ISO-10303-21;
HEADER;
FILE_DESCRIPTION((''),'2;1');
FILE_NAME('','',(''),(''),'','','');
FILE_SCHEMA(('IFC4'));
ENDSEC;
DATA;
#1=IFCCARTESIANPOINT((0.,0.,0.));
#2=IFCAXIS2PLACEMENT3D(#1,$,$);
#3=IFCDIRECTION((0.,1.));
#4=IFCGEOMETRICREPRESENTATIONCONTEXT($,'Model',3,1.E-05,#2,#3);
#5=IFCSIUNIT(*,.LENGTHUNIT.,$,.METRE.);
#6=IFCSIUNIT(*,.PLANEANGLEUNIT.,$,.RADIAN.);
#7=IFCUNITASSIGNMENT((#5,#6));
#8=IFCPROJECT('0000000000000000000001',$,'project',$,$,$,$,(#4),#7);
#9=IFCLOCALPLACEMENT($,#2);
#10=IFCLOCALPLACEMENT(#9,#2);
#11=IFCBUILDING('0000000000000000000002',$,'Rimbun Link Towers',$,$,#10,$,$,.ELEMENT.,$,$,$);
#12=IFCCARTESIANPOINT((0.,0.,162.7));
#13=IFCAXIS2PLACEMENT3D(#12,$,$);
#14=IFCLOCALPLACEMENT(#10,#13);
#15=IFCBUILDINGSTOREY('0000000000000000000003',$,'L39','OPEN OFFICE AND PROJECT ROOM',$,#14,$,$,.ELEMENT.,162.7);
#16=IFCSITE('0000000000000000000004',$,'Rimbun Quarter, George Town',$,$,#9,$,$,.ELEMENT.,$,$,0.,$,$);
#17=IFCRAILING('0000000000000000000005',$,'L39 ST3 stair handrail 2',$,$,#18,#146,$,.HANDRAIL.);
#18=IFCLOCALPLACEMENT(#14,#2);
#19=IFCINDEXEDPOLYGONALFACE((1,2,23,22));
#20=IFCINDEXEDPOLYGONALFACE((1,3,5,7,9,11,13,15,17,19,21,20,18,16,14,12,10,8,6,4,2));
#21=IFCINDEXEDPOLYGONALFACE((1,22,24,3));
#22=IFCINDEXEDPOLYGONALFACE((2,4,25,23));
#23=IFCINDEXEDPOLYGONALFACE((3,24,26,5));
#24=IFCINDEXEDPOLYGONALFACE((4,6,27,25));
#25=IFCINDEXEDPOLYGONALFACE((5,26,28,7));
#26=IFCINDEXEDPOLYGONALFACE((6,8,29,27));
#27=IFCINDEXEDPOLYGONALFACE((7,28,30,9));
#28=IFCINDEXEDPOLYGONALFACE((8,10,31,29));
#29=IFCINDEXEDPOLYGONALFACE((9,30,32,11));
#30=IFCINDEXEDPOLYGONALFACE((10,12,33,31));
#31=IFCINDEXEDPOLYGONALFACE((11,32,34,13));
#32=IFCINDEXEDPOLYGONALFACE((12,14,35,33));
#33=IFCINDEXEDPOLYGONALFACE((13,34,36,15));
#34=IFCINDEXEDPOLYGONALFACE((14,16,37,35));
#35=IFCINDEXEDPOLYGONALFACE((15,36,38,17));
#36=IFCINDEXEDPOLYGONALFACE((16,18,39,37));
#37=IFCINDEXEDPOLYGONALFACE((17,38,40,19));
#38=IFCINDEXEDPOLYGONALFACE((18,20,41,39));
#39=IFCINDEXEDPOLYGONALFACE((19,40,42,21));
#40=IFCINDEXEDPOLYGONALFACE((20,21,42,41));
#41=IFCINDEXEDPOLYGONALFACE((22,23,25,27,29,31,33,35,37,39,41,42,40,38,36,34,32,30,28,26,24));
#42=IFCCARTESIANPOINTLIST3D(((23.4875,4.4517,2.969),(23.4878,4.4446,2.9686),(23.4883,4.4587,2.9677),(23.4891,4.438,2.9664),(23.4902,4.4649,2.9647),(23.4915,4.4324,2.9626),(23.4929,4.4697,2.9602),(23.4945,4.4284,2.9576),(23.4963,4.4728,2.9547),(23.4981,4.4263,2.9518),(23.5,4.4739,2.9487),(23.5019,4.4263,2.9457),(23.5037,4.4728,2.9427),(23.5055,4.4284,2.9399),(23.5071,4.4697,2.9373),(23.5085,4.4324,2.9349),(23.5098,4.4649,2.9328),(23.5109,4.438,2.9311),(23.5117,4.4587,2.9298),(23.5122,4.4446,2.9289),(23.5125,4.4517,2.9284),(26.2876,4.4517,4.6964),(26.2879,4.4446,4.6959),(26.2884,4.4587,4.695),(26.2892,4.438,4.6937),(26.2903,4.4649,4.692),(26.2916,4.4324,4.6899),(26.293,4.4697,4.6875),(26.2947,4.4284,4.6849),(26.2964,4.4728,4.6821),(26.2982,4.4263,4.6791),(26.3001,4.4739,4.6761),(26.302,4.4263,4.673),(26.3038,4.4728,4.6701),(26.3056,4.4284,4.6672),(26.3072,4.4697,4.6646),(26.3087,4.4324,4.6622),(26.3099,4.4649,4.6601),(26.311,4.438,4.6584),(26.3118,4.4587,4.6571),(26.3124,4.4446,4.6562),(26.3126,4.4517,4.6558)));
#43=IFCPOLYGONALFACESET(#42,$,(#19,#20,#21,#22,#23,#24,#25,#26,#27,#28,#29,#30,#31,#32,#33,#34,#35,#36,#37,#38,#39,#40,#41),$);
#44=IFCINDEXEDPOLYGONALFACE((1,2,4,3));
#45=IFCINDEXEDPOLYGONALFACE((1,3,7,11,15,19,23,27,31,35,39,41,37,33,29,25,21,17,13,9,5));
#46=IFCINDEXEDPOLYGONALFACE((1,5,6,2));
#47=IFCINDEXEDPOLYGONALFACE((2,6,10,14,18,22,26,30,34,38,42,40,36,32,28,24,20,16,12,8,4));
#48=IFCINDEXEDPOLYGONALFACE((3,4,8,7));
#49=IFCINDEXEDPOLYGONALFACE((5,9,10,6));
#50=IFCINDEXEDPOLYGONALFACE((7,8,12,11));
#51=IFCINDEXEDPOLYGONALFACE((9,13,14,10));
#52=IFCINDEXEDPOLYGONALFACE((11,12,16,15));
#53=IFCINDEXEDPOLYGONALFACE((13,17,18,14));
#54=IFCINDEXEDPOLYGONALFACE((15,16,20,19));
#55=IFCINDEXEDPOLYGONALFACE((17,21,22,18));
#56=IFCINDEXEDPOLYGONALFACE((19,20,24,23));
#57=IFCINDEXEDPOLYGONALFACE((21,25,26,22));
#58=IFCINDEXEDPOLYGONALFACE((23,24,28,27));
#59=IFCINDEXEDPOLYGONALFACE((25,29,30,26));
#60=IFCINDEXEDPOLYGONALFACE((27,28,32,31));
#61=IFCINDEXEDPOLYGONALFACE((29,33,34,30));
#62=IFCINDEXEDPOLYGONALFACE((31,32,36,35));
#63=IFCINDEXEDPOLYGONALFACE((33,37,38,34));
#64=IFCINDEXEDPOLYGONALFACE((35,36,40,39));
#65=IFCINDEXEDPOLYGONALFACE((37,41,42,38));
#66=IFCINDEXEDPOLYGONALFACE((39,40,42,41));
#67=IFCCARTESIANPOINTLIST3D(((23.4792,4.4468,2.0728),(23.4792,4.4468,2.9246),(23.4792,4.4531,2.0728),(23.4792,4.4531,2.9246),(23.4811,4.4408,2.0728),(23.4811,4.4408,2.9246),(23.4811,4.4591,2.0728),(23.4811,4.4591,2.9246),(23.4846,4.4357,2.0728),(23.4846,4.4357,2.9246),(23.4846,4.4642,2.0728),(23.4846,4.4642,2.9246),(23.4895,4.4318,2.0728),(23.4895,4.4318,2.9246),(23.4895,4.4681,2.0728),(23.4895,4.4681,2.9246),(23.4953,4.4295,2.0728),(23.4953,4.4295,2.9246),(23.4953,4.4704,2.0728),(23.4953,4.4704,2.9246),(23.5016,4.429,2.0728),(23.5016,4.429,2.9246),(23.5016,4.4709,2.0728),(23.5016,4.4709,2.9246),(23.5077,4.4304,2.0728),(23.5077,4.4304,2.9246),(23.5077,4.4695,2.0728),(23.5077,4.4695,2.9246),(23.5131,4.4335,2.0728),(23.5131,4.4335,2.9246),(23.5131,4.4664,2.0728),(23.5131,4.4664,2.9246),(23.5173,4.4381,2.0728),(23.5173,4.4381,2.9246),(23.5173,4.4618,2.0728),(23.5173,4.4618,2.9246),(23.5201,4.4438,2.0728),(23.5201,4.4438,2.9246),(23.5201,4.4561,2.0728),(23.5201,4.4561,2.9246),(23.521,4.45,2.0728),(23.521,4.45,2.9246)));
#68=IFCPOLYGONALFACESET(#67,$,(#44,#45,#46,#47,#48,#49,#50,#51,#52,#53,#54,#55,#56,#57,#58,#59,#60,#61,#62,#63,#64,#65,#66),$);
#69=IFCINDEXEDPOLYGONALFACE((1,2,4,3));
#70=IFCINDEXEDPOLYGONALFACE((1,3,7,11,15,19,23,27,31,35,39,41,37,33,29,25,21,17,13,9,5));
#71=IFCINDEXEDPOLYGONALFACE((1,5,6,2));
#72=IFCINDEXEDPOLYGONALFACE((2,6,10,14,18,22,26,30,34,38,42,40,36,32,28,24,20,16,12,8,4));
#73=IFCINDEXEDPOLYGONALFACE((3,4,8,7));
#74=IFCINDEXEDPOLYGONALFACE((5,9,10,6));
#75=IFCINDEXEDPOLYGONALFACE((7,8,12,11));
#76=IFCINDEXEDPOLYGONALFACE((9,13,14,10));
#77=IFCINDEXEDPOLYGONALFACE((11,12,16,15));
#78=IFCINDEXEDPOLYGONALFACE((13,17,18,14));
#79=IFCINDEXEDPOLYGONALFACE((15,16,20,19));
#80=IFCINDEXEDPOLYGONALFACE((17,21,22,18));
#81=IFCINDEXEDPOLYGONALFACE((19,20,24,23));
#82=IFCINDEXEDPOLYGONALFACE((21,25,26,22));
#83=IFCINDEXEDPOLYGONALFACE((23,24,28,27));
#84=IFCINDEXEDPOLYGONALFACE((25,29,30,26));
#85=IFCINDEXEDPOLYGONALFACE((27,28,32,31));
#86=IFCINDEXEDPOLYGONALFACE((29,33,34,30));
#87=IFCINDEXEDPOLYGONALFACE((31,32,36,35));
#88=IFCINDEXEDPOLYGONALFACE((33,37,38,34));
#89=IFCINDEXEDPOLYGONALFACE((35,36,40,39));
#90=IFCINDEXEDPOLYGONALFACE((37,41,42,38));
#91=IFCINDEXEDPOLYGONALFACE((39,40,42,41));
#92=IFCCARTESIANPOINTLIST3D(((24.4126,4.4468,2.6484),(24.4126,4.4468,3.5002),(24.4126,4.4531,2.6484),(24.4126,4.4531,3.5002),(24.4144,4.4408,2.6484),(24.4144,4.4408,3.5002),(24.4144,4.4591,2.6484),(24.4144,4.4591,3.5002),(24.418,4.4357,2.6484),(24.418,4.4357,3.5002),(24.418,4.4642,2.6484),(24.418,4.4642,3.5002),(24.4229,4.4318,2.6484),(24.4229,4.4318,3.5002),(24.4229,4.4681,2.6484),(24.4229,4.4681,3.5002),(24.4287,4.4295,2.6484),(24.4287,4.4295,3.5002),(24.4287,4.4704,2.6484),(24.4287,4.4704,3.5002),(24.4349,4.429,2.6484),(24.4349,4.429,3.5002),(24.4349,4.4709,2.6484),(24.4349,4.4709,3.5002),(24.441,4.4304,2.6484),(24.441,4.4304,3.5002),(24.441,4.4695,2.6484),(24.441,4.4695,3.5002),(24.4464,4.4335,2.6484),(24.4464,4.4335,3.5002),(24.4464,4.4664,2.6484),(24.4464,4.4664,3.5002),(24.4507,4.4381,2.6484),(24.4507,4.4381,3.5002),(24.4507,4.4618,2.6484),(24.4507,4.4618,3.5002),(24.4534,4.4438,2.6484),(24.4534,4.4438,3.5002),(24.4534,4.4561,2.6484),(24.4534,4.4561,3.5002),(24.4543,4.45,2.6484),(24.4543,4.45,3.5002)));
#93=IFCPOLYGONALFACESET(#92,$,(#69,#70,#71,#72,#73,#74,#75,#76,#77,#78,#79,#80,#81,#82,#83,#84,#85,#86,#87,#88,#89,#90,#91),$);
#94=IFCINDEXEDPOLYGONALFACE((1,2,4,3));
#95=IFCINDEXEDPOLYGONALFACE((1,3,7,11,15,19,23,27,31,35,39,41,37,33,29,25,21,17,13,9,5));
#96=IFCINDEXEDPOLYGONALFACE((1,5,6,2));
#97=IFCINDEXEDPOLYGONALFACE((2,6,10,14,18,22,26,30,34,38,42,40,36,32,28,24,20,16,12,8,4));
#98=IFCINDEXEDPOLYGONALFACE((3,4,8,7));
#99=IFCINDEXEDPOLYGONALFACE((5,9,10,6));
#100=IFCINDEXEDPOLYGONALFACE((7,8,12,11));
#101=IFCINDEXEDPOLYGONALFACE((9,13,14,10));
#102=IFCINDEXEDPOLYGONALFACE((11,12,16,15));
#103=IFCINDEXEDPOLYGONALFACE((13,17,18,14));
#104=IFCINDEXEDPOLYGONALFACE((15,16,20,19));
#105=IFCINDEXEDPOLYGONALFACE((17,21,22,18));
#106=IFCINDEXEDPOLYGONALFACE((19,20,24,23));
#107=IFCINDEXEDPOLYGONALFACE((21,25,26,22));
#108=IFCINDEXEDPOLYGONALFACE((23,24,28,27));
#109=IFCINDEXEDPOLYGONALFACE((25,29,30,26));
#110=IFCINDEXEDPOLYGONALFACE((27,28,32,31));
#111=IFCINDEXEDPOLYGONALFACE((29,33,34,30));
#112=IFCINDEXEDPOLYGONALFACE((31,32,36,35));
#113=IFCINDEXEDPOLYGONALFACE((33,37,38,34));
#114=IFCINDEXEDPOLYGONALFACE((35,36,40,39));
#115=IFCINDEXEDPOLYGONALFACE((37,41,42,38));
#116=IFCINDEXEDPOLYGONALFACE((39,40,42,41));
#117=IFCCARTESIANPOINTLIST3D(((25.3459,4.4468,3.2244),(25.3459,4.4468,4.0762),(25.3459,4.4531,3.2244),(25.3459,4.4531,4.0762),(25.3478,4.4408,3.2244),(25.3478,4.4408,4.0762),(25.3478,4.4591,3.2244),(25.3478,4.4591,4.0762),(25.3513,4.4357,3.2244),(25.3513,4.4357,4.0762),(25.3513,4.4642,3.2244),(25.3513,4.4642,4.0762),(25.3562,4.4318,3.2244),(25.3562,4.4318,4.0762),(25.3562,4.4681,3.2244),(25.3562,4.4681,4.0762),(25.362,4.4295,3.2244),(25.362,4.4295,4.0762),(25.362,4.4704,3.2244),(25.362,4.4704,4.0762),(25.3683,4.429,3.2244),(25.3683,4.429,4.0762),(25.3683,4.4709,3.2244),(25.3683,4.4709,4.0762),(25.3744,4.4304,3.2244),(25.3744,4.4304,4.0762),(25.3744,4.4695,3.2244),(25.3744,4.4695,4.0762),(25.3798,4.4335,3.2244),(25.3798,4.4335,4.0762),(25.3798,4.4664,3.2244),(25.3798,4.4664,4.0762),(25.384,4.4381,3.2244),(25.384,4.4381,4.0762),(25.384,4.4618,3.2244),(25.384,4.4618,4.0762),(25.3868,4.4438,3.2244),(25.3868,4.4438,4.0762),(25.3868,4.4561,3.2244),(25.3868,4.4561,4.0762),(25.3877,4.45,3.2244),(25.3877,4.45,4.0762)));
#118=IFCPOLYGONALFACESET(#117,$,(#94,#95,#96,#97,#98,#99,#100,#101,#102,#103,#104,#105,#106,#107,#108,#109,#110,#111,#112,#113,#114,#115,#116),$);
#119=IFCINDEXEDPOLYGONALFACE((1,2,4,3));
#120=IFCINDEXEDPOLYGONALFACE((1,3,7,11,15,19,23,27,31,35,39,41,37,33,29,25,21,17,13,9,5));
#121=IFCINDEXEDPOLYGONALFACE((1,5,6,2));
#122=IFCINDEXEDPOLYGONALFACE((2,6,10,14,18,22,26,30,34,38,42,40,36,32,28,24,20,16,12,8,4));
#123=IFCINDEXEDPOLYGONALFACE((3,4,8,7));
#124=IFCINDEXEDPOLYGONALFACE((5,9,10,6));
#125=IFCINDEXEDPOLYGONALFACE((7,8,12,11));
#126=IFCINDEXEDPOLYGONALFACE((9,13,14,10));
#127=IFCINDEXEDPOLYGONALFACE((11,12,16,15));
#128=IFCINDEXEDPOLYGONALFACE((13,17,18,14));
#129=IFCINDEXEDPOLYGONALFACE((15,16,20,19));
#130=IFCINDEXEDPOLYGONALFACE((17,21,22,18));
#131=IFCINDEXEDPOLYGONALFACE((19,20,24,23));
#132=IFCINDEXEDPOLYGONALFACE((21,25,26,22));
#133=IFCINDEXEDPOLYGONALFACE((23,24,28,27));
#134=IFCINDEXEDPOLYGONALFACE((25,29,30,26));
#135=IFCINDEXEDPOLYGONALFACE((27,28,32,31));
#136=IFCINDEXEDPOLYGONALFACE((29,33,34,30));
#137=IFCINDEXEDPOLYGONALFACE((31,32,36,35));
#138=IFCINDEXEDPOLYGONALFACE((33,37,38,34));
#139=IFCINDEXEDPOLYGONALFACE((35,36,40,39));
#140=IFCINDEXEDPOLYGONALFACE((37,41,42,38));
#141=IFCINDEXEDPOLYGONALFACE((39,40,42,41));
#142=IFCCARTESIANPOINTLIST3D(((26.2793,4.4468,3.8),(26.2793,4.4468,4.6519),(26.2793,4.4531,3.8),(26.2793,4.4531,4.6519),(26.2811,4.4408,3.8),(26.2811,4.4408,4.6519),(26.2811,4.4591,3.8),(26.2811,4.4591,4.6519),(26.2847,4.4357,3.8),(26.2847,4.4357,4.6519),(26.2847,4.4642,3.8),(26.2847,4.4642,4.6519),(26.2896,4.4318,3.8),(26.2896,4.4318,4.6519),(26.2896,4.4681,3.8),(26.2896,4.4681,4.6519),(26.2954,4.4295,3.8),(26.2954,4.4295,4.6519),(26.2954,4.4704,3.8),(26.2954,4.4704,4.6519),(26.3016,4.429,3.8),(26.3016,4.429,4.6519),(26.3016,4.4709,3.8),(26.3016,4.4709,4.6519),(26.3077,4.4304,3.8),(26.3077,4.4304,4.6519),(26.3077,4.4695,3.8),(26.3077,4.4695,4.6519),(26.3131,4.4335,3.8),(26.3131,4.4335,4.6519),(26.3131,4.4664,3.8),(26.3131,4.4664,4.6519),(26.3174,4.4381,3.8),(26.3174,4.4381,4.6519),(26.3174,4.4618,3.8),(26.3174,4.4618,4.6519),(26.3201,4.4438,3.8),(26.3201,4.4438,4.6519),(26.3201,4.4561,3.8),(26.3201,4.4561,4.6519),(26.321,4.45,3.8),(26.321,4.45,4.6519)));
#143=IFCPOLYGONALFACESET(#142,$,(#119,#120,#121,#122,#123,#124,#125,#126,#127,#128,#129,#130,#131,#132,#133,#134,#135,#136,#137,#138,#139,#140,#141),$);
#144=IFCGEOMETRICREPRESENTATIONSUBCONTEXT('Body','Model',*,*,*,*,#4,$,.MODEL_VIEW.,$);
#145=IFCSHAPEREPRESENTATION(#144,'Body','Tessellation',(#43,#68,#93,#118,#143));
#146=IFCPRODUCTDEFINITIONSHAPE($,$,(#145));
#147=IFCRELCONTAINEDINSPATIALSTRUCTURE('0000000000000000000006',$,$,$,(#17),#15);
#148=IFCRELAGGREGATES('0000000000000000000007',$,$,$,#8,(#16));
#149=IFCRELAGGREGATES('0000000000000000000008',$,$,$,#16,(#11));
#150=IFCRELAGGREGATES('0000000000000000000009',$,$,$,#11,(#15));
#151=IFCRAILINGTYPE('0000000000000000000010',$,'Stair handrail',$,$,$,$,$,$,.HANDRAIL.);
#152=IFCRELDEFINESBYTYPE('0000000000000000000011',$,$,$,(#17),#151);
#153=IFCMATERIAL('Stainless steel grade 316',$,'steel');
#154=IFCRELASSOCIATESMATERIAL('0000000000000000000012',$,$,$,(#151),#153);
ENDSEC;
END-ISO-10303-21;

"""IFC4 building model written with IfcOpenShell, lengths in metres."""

from ifc_helpers import new_model, si_unit, direction, frame, origin, origin_2d, place, context, subcontext, project, spatial, circle, extrude, material, type_object, element, save


model = new_model("IFC4")

# Units and contexts
model_context = context("Model", 3, precision=1e-05, world=origin(), true_north=direction((0.0, 1.0)))
body_context = subcontext(model_context, "Body", "Model", "MODEL_VIEW")
ifc_project = project(units=[si_unit("LENGTHUNIT", "METRE"), si_unit("PLANEANGLEUNIT", "RADIAN")], contexts=[model_context])

# Site, building, storey
site_placement = place(None, origin())
site = spatial("IfcSite", under=ifc_project, at=site_placement, Name="Rimbun Quarter, George Town", CompositionType="ELEMENT", RefElevation=0.0)
building_placement = place(site_placement, origin())
building = spatial("IfcBuilding", under=site, at=building_placement, Name="Rimbun Link Towers", CompositionType="ELEMENT")
storey_placement = place(building_placement, frame((0.0, 0.0, 162.7)))
storey = spatial("IfcBuildingStorey", under=building, at=storey_placement, Name="L39", Description="OPEN OFFICE AND PROJECT ROOM", CompositionType="ELEMENT", Elevation=162.7)

# Railing
ifc_material_1 = material(Name="Stainless steel grade 316", Category="steel")
railing_type_1 = type_object("IfcRailingType", Name="Stair handrail", PredefinedType="HANDRAIL", material=ifc_material_1)
railing_1_placement = place(storey_placement, frame((23.5, 4.45, 2.0728)))
element("IfcRailing", 1, at=railing_1_placement, inside=storey, type_object=railing_type_1, Name="L39 ST3 stair handrail 2", PredefinedType="HANDRAIL", context=body_context, shape_type="SweptSolid", body=[
    extrude(circle(Radius=0.0239, at=origin_2d()), frame((0.0, 0.0, 0.876), z_axis=(0.85109, 0.0, 0.52502), x_axis=(0.0, 1.0, 0.0)), (0.0, 0.0, 1.0), 3.29),
    extrude(circle(Radius=0.021, at=origin_2d()), origin(), (0.0, 0.0, 1.0), 0.8518),
    extrude(circle(Radius=0.021, at=origin_2d()), frame((0.9333, 0.0, 0.5757)), (0.0, 0.0, 1.0), 0.8518),
    extrude(circle(Radius=0.021, at=origin_2d()), frame((1.8667, 0.0, 1.1516)), (0.0, 0.0, 1.0), 0.8518),
    extrude(circle(Radius=0.021, at=origin_2d()), frame((2.8, 0.0, 1.7273)), (0.0, 0.0, 1.0), 0.8518),
])

save(model, "model.ifc")
